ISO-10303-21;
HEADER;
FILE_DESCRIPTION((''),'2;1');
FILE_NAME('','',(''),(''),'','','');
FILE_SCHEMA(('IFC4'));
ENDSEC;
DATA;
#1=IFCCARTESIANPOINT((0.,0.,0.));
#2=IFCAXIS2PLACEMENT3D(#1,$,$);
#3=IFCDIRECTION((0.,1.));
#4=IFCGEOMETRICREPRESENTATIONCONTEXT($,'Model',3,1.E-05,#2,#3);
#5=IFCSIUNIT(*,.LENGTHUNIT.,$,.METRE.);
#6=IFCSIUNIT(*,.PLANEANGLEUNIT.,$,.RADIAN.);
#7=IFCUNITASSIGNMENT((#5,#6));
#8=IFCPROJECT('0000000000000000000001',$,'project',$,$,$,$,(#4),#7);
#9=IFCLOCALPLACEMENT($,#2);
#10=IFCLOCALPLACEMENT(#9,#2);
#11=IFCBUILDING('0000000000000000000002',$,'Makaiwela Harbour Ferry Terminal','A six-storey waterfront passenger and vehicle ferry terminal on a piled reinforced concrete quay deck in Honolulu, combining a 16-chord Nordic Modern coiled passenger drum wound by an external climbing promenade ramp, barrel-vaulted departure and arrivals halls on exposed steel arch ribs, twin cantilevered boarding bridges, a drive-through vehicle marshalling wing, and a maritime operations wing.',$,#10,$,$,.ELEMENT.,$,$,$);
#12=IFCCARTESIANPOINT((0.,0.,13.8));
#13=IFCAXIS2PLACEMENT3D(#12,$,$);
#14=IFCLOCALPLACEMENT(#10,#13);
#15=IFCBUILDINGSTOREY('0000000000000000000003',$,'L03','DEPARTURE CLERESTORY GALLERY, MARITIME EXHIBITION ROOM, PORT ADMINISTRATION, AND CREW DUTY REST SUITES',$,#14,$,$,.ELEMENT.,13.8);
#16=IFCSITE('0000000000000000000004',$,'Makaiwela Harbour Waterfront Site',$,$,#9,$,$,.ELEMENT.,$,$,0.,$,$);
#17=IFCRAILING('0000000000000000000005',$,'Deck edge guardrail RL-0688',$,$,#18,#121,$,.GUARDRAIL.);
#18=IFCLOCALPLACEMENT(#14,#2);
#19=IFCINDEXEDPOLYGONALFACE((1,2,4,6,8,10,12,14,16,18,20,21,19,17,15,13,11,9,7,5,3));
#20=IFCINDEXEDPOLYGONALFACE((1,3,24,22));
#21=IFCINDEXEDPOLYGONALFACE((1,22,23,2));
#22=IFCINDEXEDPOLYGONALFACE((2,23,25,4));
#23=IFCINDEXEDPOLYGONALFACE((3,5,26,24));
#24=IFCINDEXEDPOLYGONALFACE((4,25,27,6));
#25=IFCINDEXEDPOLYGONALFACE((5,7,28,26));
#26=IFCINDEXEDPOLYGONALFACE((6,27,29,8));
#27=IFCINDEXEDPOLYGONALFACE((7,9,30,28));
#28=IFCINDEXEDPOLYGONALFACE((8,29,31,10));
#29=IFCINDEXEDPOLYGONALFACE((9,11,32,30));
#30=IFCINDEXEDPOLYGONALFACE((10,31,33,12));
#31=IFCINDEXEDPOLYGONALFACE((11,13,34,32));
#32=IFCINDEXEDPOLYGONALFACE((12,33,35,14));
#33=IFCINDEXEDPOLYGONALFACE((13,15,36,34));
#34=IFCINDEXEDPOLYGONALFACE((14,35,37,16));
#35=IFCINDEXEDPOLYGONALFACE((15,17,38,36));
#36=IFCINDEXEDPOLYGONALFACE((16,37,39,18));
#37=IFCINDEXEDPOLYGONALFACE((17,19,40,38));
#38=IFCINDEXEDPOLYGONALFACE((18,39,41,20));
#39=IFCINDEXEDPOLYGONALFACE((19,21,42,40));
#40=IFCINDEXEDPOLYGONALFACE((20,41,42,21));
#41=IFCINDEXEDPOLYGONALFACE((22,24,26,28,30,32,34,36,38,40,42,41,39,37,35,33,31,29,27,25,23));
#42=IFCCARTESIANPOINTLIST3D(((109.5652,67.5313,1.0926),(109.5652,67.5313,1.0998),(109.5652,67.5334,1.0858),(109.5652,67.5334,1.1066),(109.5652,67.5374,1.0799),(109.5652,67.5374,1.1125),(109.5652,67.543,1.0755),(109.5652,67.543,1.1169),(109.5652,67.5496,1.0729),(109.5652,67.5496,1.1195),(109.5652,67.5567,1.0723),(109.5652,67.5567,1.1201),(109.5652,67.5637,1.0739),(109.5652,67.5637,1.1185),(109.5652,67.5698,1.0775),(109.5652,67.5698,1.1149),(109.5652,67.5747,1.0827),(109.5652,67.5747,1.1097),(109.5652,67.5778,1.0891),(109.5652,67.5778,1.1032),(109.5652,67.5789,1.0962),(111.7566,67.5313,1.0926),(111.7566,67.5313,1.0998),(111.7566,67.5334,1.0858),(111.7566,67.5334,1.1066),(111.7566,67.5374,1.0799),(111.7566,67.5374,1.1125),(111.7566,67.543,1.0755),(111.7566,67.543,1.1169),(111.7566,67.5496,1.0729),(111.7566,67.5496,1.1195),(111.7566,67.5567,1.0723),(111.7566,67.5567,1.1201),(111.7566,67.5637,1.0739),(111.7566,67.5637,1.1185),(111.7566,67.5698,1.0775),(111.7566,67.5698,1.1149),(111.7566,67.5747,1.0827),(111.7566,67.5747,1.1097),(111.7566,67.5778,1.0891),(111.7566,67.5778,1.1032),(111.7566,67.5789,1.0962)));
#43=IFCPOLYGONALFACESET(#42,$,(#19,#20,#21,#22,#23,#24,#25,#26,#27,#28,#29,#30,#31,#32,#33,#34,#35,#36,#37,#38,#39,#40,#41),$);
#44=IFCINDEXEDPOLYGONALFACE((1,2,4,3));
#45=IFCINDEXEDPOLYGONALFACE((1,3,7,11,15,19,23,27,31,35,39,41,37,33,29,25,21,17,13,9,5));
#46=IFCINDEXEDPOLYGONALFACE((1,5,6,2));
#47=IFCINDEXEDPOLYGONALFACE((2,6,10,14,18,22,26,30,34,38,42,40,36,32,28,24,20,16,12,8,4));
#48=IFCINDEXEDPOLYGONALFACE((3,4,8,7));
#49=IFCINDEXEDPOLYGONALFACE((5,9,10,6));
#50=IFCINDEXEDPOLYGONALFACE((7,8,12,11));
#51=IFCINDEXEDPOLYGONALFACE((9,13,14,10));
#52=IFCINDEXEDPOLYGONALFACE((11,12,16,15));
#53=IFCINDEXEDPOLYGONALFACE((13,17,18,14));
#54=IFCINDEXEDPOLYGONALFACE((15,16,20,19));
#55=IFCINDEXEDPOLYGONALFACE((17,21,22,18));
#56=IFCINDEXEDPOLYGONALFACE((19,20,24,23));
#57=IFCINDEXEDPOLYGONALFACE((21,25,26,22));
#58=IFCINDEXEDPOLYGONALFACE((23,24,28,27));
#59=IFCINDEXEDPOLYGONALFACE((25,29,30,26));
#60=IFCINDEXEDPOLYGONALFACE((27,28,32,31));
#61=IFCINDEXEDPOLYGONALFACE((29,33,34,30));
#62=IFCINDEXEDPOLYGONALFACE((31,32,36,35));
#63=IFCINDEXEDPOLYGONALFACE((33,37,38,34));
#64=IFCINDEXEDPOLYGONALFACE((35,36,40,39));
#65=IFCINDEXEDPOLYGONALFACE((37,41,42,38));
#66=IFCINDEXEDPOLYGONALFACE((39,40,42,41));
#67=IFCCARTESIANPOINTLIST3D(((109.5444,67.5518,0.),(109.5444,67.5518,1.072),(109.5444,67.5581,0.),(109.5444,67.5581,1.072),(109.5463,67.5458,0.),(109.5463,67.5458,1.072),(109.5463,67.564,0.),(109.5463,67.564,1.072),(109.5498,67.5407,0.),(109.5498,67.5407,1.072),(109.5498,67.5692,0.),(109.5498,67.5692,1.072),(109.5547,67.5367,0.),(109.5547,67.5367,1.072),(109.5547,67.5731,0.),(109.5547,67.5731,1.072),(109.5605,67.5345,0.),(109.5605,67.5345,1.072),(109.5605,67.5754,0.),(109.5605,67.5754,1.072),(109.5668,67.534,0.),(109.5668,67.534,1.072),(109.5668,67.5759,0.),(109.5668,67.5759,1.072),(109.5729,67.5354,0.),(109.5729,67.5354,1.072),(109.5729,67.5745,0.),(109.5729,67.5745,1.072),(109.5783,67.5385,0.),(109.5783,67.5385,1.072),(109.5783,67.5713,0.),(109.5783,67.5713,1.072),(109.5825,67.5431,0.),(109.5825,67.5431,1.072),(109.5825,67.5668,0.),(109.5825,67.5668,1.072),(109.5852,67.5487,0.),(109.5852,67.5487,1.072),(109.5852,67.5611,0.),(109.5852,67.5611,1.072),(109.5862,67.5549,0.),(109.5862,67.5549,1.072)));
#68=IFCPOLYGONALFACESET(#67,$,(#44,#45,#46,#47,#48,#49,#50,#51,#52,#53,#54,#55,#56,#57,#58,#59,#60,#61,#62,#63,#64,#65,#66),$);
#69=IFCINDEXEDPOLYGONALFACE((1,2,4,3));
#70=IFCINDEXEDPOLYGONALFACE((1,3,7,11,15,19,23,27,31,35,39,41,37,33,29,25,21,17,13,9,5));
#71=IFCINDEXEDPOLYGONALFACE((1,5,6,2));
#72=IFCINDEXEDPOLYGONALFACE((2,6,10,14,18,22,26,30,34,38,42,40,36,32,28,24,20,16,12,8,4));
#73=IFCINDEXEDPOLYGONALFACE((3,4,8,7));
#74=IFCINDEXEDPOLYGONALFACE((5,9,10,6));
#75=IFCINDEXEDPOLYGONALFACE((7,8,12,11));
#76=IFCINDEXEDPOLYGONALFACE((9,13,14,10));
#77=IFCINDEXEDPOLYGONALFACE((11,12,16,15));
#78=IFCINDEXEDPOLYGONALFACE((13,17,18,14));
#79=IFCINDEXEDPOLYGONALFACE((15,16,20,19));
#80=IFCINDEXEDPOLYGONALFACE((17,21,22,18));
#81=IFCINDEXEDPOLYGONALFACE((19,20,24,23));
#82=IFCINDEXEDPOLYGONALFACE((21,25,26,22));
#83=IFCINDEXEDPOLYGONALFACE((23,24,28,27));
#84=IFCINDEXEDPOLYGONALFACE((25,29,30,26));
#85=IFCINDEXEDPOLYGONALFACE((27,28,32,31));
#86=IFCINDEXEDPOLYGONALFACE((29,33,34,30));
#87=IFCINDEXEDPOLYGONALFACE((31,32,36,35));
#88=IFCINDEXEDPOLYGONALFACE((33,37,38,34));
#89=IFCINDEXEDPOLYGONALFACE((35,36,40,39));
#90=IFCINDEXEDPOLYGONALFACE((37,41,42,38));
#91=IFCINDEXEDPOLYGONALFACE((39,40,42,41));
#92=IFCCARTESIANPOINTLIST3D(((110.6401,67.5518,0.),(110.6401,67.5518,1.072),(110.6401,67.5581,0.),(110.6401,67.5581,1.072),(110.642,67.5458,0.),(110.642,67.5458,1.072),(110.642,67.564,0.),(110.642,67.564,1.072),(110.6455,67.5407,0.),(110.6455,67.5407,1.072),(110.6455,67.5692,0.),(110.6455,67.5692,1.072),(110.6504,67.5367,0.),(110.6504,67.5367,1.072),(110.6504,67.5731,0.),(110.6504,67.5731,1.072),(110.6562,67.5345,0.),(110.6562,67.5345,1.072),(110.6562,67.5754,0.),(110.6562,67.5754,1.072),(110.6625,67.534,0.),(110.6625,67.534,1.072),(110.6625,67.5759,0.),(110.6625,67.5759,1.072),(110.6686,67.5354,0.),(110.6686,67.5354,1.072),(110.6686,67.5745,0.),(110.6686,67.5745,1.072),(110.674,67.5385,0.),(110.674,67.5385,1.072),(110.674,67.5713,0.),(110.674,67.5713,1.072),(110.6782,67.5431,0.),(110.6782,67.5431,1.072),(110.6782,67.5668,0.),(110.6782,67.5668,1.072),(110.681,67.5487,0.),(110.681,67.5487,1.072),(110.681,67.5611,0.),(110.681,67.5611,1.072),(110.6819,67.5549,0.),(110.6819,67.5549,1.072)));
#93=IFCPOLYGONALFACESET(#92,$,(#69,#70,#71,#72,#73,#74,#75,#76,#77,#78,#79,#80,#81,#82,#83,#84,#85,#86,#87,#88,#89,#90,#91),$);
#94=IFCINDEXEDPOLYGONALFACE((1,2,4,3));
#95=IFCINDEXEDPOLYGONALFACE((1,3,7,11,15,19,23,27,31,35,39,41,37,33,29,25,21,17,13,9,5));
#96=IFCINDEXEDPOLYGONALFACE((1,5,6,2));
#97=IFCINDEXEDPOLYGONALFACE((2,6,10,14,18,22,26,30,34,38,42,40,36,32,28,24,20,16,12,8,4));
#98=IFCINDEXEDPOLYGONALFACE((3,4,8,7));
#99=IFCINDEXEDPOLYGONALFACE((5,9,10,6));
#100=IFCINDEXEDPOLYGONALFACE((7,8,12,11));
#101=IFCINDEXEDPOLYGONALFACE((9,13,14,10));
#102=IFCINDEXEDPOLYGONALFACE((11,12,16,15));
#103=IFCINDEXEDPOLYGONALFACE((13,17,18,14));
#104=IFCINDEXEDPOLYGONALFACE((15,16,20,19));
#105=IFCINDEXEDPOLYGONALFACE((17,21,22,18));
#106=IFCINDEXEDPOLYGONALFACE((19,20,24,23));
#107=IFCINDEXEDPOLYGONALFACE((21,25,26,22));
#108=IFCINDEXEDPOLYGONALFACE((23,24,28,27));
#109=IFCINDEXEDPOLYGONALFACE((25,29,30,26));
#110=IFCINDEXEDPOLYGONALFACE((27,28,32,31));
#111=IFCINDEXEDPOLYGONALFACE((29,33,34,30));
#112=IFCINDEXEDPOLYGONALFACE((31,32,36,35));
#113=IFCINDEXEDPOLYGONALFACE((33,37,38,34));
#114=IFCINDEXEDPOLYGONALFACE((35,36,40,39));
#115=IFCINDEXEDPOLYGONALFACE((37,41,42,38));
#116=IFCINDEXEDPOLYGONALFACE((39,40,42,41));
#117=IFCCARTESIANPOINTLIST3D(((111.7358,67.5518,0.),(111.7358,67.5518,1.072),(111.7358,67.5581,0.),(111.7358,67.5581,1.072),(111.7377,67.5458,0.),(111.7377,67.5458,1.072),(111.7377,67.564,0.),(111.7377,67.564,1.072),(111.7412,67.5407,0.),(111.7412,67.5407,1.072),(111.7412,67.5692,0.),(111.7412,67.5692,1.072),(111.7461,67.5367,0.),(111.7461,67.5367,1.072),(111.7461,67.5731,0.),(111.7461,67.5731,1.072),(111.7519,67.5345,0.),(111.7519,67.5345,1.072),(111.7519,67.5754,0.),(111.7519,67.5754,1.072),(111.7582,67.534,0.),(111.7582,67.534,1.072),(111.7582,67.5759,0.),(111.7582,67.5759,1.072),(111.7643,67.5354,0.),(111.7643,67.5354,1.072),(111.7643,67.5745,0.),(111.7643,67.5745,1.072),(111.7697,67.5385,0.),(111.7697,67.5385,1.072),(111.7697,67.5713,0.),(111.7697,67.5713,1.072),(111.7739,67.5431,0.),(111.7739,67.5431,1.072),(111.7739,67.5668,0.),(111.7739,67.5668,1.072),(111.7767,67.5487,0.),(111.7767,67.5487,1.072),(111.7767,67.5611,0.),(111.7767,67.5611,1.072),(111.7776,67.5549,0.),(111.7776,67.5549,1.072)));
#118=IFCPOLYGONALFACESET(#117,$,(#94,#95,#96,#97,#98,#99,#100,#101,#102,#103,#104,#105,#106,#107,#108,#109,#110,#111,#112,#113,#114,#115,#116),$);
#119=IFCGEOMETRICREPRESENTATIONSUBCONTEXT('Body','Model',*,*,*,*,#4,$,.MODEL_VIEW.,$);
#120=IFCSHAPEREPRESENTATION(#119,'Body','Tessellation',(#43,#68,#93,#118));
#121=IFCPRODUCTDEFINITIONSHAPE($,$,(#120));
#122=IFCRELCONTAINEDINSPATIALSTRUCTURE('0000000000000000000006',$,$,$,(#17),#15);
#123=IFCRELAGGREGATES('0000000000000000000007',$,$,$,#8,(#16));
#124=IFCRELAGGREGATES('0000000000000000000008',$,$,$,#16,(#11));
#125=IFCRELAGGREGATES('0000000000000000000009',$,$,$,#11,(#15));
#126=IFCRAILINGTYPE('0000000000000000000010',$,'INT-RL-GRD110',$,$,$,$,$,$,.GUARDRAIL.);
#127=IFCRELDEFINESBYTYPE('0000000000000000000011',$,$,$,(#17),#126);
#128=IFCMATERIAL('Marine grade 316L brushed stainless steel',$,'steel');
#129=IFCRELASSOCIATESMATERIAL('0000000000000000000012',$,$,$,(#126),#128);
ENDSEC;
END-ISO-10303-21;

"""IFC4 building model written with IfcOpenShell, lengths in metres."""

from ifc_helpers import new_model, si_unit, direction, frame, origin, origin_2d, place, context, subcontext, project, spatial, circle, extrude, material, type_object, element, save


model = new_model("IFC4")

# Units and contexts
model_context = context("Model", 3, precision=1e-05, world=origin(), true_north=direction((0.0, 1.0)))
body_context = subcontext(model_context, "Body", "Model", "MODEL_VIEW")
ifc_project = project(units=[si_unit("LENGTHUNIT", "METRE"), si_unit("PLANEANGLEUNIT", "RADIAN")], contexts=[model_context])

# Site, building, storey
site_placement = place(None, origin())
site = spatial("IfcSite", under=ifc_project, at=site_placement, Name="Makaiwela Harbour Waterfront Site", CompositionType="ELEMENT", RefElevation=0.0)
building_placement = place(site_placement, origin())
building = spatial("IfcBuilding", under=site, at=building_placement, Name="Makaiwela Harbour Ferry Terminal", Description="A six-storey waterfront passenger and vehicle ferry terminal on a piled reinforced concrete quay deck in Honolulu, combining a 16-chord Nordic Modern coiled passenger drum wound by an external climbing promenade ramp, barrel-vaulted departure and arrivals halls on exposed steel arch ribs, twin cantilevered boarding bridges, a drive-through vehicle marshalling wing, and a maritime operations wing.", CompositionType="ELEMENT")
storey_placement = place(building_placement, frame((0.0, 0.0, 13.8)))
storey = spatial("IfcBuildingStorey", under=building, at=storey_placement, Name="L03", Description="DEPARTURE CLERESTORY GALLERY, MARITIME EXHIBITION ROOM, PORT ADMINISTRATION, AND CREW DUTY REST SUITES", CompositionType="ELEMENT", Elevation=13.8)

# Railing
ifc_material_1 = material(Name="Marine grade 316L brushed stainless steel", Category="steel")
railing_type = type_object("IfcRailingType", Name="INT-RL-GRD110", PredefinedType="GUARDRAIL", material=ifc_material_1)
railing_1_placement = place(storey_placement, frame((109.5652, 67.5549, 0.0)))
element("IfcRailing", 1, at=railing_1_placement, inside=storey, type_object=railing_type, Name="Deck edge guardrail RL-0688", PredefinedType="GUARDRAIL", context=body_context, shape_type="SweptSolid", body=[
    extrude(circle(Radius=0.0239, at=origin_2d()), frame((0.0, 0.0, 1.0962), z_axis=(1.0, 0.0, 0.0), x_axis=(0.0, 1.0, 0.0)), (0.0, 0.0, 1.0), 2.1914),
    extrude(circle(Radius=0.021, at=origin_2d()), origin(), (0.0, 0.0, 1.0), 1.072),
    extrude(circle(Radius=0.021, at=origin_2d()), frame((1.0957, 0.0, 0.0)), (0.0, 0.0, 1.0), 1.072),
    extrude(circle(Radius=0.021, at=origin_2d()), frame((2.1914, 0.0, 0.0)), (0.0, 0.0, 1.0), 1.072),
])

save(model, "model.ifc")
